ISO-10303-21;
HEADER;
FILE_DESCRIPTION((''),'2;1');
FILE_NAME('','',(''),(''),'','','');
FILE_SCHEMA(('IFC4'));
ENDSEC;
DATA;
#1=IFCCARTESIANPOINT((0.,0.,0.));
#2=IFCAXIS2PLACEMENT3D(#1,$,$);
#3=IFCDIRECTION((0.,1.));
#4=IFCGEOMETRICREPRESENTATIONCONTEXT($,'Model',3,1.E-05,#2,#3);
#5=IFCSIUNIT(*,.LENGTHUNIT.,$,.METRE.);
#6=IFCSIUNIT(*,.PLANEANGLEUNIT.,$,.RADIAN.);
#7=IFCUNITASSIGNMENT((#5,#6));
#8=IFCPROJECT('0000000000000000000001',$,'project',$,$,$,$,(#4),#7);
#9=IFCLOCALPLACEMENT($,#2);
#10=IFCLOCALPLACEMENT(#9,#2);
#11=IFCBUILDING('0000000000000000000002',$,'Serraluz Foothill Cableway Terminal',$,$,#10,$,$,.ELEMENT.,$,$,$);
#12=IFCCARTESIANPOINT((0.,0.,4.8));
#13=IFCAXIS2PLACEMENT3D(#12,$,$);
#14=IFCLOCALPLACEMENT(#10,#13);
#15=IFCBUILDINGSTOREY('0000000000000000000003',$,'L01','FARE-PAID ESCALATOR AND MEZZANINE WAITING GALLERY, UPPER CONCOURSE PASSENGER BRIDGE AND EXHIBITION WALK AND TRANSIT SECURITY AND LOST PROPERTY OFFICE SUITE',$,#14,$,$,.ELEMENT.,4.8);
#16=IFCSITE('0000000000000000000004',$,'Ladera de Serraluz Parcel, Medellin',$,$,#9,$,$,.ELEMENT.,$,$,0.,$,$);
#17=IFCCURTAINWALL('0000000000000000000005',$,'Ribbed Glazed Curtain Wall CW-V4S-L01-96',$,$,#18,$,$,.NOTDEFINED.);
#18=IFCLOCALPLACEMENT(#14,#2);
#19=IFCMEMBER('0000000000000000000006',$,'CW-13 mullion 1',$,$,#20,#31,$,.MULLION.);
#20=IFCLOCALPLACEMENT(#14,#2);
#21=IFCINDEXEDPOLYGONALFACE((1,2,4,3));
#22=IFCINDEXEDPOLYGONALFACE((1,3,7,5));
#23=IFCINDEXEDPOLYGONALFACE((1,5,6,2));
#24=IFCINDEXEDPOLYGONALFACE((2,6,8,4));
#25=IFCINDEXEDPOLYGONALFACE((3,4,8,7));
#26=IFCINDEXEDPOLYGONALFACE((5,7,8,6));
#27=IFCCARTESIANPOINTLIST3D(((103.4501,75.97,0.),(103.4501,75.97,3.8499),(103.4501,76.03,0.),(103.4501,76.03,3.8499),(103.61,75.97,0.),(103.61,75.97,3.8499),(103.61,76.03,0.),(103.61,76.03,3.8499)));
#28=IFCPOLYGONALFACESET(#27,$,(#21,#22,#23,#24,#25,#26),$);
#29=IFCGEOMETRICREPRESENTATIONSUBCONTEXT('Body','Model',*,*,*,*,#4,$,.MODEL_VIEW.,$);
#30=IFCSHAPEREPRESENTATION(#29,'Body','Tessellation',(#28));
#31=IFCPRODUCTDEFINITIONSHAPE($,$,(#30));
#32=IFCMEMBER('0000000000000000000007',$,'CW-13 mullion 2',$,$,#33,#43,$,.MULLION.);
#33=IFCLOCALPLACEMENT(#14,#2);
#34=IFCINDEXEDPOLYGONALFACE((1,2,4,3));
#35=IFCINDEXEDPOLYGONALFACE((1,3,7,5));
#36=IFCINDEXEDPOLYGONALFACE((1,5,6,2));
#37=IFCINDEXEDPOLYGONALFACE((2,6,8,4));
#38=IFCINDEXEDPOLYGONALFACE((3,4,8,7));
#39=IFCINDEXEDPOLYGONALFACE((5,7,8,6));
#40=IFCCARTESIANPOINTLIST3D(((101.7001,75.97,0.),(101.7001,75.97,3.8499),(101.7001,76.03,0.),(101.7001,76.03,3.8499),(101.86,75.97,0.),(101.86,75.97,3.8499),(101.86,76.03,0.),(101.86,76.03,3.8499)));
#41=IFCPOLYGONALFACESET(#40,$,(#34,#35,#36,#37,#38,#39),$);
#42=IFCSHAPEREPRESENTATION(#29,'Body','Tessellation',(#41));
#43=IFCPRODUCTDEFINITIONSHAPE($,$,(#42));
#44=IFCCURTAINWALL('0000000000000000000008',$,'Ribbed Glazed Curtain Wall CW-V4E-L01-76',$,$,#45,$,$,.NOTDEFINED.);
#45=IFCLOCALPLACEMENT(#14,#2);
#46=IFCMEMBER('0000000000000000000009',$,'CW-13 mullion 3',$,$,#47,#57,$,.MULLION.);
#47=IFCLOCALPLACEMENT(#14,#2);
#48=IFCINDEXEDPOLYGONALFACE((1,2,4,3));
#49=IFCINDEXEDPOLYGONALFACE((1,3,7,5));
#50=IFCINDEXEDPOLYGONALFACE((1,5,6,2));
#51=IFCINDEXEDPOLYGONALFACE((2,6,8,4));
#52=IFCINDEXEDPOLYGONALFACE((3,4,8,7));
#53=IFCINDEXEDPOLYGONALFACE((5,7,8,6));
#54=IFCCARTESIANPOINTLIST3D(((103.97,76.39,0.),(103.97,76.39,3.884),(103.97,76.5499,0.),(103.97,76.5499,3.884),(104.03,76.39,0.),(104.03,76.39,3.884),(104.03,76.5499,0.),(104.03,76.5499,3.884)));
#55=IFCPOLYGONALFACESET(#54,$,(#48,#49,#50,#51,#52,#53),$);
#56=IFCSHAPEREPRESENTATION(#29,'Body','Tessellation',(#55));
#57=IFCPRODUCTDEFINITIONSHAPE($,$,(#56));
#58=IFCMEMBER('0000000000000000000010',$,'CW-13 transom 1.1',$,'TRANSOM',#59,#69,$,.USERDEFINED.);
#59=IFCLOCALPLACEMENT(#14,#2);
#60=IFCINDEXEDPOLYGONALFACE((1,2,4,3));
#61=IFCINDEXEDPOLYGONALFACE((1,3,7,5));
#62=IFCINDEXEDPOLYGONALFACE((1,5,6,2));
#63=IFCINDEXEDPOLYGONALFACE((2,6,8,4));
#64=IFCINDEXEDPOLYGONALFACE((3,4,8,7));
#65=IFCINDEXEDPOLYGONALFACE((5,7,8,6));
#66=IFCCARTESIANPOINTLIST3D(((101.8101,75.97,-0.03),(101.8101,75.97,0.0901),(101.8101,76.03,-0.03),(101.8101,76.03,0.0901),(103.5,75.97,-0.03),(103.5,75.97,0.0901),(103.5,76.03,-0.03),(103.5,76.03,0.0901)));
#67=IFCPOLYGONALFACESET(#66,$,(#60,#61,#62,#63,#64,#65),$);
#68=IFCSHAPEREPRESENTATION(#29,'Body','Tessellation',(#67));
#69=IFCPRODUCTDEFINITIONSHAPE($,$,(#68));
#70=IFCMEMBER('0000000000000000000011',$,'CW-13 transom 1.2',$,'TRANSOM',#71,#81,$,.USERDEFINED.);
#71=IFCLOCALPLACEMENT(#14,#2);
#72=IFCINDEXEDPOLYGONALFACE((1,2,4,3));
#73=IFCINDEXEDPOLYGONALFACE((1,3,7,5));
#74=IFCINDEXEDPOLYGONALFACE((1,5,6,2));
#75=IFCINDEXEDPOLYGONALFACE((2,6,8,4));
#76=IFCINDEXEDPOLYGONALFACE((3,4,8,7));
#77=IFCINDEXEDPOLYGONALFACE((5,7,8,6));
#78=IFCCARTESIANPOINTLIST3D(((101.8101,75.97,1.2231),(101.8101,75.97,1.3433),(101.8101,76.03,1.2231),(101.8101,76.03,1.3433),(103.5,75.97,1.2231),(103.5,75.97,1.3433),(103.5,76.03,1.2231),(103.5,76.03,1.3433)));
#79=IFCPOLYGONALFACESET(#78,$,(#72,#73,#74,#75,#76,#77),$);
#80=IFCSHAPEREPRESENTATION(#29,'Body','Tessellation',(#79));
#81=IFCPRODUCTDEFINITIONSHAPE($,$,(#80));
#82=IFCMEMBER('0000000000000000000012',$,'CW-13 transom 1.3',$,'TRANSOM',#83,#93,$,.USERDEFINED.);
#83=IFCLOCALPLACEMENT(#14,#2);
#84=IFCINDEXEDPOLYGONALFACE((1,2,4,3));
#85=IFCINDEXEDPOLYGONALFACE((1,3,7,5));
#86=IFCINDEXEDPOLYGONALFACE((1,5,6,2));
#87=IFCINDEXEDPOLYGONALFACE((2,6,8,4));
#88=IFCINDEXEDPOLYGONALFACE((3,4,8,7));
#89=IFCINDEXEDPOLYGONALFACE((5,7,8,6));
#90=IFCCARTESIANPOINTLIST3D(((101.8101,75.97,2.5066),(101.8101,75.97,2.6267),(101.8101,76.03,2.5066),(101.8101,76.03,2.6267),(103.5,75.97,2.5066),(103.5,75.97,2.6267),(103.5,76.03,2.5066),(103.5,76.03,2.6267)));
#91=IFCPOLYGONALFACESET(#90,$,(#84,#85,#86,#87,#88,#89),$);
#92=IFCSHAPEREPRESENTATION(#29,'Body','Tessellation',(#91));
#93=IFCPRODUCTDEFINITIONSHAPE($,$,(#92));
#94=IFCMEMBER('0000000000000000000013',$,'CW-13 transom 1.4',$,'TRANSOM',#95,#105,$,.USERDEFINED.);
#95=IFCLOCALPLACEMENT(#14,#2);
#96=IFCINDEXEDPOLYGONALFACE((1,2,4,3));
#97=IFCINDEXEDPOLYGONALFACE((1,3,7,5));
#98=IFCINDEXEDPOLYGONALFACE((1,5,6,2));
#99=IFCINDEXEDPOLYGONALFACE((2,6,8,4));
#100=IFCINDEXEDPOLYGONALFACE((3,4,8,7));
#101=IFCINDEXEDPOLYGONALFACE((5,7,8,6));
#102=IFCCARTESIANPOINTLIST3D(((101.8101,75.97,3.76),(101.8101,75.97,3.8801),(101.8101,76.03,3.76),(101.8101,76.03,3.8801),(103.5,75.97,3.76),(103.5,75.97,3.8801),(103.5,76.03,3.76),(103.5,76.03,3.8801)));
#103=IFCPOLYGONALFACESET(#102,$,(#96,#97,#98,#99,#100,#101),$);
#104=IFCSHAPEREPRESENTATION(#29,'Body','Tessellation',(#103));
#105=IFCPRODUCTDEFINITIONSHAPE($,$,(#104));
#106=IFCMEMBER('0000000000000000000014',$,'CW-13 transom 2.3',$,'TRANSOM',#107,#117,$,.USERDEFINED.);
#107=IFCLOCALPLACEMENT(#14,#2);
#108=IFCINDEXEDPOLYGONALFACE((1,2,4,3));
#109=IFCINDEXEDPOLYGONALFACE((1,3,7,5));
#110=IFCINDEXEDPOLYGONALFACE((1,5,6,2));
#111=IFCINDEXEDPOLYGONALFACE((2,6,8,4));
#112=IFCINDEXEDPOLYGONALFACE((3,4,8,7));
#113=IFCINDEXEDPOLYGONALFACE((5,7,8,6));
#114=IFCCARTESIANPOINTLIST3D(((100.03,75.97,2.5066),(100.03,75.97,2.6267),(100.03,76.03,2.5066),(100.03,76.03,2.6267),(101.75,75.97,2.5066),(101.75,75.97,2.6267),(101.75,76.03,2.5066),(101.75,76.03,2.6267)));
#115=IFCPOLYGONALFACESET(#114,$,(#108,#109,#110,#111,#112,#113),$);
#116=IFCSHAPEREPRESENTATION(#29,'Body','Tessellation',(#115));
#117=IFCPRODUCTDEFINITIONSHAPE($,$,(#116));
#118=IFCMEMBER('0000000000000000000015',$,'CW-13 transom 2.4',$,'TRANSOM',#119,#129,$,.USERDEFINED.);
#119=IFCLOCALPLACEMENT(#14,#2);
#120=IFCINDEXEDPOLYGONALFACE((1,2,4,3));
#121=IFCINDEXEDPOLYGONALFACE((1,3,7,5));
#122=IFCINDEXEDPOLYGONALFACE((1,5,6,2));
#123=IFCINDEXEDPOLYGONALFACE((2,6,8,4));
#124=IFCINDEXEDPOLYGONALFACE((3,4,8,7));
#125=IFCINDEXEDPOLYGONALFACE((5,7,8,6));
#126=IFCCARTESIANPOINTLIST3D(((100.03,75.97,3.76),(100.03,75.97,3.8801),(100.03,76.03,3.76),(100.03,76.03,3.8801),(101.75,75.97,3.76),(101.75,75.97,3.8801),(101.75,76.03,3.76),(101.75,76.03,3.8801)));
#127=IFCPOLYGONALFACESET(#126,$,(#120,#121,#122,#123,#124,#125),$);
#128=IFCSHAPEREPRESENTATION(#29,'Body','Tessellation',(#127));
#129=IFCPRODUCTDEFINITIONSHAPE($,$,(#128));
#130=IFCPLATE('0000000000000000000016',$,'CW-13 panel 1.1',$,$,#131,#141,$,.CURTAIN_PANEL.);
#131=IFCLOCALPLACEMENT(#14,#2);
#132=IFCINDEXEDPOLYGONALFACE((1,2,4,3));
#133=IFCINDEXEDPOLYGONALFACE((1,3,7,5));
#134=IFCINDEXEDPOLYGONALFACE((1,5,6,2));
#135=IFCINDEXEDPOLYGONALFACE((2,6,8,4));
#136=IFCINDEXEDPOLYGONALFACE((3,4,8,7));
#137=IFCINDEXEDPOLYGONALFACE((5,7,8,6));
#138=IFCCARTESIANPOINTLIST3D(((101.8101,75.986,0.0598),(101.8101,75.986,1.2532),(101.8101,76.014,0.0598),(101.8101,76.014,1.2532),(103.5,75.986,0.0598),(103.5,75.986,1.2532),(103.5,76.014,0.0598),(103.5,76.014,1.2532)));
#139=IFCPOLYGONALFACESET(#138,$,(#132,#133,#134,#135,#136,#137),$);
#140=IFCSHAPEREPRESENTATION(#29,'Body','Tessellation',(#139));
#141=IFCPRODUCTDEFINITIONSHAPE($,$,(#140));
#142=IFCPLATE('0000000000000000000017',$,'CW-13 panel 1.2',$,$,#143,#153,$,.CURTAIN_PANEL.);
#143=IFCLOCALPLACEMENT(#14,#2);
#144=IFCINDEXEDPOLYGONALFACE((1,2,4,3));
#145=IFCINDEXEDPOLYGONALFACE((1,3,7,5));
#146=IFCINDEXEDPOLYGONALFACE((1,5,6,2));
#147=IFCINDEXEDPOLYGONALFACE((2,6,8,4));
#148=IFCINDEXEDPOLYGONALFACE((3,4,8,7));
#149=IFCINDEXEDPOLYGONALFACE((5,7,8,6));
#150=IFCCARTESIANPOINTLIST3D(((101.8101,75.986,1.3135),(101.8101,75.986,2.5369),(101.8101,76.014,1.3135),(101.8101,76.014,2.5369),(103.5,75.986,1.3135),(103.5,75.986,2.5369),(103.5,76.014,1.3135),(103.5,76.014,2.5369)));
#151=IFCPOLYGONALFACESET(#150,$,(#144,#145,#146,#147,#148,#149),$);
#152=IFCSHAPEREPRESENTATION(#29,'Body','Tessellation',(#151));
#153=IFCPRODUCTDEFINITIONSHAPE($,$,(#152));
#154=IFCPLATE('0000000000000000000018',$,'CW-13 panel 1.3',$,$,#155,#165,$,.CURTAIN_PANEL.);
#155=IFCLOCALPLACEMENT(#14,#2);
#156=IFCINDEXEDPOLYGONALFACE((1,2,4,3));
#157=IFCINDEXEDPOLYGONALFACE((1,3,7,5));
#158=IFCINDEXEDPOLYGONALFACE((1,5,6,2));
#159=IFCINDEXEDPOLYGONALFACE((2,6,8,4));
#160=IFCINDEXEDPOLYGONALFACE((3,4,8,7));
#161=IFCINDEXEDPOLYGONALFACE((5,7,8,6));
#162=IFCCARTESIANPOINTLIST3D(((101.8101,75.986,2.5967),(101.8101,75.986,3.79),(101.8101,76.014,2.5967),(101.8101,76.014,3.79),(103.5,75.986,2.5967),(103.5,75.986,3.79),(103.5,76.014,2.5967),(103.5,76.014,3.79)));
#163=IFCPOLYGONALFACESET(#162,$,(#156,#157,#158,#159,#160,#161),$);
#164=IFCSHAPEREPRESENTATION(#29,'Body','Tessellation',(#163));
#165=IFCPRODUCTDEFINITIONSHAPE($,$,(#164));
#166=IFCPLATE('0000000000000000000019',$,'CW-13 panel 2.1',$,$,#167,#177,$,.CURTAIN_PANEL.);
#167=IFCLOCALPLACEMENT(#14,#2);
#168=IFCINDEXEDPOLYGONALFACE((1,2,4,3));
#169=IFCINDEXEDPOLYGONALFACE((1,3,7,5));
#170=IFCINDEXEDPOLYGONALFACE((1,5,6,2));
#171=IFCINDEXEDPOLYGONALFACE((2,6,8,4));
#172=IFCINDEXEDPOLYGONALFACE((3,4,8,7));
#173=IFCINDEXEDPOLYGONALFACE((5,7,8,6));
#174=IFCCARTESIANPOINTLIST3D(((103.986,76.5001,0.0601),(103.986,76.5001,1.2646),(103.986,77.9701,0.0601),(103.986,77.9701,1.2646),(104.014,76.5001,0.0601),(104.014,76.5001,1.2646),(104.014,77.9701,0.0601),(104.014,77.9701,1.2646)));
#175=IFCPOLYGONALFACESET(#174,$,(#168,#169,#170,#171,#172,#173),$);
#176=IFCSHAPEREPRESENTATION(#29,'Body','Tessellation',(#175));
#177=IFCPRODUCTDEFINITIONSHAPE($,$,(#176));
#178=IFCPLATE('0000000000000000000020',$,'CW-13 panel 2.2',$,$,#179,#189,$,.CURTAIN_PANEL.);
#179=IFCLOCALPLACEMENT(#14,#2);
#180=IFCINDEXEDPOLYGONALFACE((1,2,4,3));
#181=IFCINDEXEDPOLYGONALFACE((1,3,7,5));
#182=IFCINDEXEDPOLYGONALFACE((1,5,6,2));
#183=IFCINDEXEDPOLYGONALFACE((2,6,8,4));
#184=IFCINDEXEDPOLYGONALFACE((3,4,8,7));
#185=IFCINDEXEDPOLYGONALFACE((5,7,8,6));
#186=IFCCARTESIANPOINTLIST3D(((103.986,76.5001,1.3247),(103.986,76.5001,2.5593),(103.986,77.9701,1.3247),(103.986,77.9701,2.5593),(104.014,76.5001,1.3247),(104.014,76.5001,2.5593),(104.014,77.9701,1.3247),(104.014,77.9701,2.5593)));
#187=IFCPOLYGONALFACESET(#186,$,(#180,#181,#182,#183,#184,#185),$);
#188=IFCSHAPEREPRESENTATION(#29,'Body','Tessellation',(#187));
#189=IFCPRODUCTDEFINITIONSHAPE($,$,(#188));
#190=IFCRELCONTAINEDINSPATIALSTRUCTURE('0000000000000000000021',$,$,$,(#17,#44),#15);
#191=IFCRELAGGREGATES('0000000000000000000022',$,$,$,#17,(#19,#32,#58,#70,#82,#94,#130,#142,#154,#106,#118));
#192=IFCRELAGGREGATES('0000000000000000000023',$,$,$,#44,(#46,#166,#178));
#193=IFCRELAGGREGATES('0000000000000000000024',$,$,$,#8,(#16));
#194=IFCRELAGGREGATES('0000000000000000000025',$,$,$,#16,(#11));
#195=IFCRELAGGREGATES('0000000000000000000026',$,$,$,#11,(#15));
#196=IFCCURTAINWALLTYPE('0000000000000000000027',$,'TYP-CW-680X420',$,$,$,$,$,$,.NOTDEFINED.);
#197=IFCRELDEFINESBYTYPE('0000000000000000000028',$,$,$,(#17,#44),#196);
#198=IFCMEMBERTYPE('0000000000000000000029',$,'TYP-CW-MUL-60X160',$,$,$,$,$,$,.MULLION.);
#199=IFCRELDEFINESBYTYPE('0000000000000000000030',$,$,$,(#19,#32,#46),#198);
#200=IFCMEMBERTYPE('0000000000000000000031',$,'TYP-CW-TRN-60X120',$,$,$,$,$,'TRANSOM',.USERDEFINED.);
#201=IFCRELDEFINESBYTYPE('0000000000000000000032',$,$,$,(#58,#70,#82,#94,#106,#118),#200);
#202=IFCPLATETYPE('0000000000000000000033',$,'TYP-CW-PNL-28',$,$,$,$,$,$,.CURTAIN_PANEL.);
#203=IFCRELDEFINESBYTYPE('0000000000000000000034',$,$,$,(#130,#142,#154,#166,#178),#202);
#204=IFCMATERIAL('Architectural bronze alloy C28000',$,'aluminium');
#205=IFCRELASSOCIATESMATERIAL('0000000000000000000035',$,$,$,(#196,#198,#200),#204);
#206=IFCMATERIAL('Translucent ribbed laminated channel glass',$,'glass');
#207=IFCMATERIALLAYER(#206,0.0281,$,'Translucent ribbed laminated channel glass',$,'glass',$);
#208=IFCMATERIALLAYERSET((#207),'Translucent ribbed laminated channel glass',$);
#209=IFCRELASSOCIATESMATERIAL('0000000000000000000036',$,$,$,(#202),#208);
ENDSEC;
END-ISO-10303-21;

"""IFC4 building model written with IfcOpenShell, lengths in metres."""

from ifc_helpers import new_model, si_unit, direction, frame, origin, origin_2d, place, context, subcontext, project, spatial, rectangle, extrude, material, layer, layer_set, material_profile, profile_set, type_object, element, aggregate, save


model = new_model("IFC4")

# Units and contexts
model_context = context("Model", 3, precision=1e-05, world=origin(), true_north=direction((0.0, 1.0)))
body_context = subcontext(model_context, "Body", "Model", "MODEL_VIEW")
ifc_project = project(units=[si_unit("LENGTHUNIT", "METRE"), si_unit("PLANEANGLEUNIT", "RADIAN")], contexts=[model_context])

# Site, building, storey
site_placement = place(None, origin())
site = spatial("IfcSite", under=ifc_project, at=site_placement, Name="Ladera de Serraluz Parcel, Medellin", CompositionType="ELEMENT", RefElevation=0.0)
building_placement = place(site_placement, origin())
building = spatial("IfcBuilding", under=site, at=building_placement, Name="Serraluz Foothill Cableway Terminal", CompositionType="ELEMENT")
storey_placement = place(building_placement, frame((0.0, 0.0, 4.8)))
storey = spatial("IfcBuildingStorey", under=building, at=storey_placement, Name="L01", Description="FARE-PAID ESCALATOR AND MEZZANINE WAITING GALLERY, UPPER CONCOURSE PASSENGER BRIDGE AND EXHIBITION WALK AND TRANSIT SECURITY AND LOST PROPERTY OFFICE SUITE", CompositionType="ELEMENT", Elevation=4.8)

# Curtain wall, members
ifc_material_1 = material(Name="Architectural bronze alloy C28000", Category="aluminium")
curtain_wall_type = type_object("IfcCurtainWallType", Name="TYP-CW-680X420", PredefinedType="NOTDEFINED", material=ifc_material_1)
curtain_wall_1_placement = place(storey_placement, origin())
curtain_wall_1 = element("IfcCurtainWall", 1, at=curtain_wall_1_placement, inside=storey, type_object=curtain_wall_type, Name="Ribbed Glazed Curtain Wall CW-V4S-L01-96", PredefinedType="NOTDEFINED")
ifc_material_profile_1 = material_profile(ifc_material_1, rectangle(XDim=0.0601, YDim=0.1599, at=origin_2d()), Name="ALU MULLION 60x160")
ifc_profile_set_1 = profile_set([ifc_material_profile_1], Name="Architectural bronze alloy C28000")
member_type_1 = type_object("IfcMemberType", Name="TYP-CW-MUL-60X160", PredefinedType="MULLION", material=ifc_profile_set_1)
member_1_placement = place(storey_placement, frame((103.53, 76.0, 0.0), z_axis=(0.0, 0.0, 1.0), x_axis=(0.0, -1.0, 0.0)))
member_1 = element("IfcMember", 2, at=member_1_placement, type_object=member_type_1, Name="CW-13 mullion 1", PredefinedType="MULLION", context=body_context, shape_type="SweptSolid", body=[
    extrude(rectangle(XDim=0.0601, YDim=0.1599, at=origin_2d()), origin(), (0.0, 0.0, 1.0), 3.8499),
])
member_2_placement = place(storey_placement, frame((101.78, 76.0, 0.0), z_axis=(0.0, 0.0, 1.0), x_axis=(0.0, -1.0, 0.0)))
member_2 = element("IfcMember", 3, at=member_2_placement, type_object=member_type_1, Name="CW-13 mullion 2", PredefinedType="MULLION", context=body_context, shape_type="SweptSolid", body=[
    extrude(rectangle(XDim=0.0601, YDim=0.1599, at=origin_2d()), origin(), (0.0, 0.0, 1.0), 3.8499),
])

# Curtain wall, member
curtain_wall_2_placement = place(storey_placement, origin())
curtain_wall_2 = element("IfcCurtainWall", 4, at=curtain_wall_2_placement, inside=storey, type_object=curtain_wall_type, Name="Ribbed Glazed Curtain Wall CW-V4E-L01-76", PredefinedType="NOTDEFINED")
member_3_placement = place(storey_placement, frame((104.0, 76.47, 0.0), z_axis=(0.0, 0.0, 1.0), x_axis=(1.0, 0.0, 0.0)))
member_3 = element("IfcMember", 5, at=member_3_placement, type_object=member_type_1, Name="CW-13 mullion 3", PredefinedType="MULLION", context=body_context, shape_type="SweptSolid", body=[
    extrude(rectangle(XDim=0.0601, YDim=0.1599, at=origin_2d()), origin(), (0.0, 0.0, 1.0), 3.884),
])

# Members
ifc_material_profile_2 = material_profile(ifc_material_1, rectangle(XDim=0.0601, YDim=0.1201, at=origin_2d()), Name="ALU TRANSOM 60x120")
ifc_profile_set_2 = profile_set([ifc_material_profile_2], Name="Architectural bronze alloy C28000")
member_type_2 = type_object("IfcMemberType", Name="TYP-CW-TRN-60X120", ElementType="TRANSOM", PredefinedType="USERDEFINED", material=ifc_profile_set_2)
member_4_placement = place(storey_placement, frame((103.5, 76.0, 0.03), z_axis=(-1.0, 0.0, 0.0), x_axis=(0.0, -1.0, 0.0)))
member_4 = element("IfcMember", 6, at=member_4_placement, type_object=member_type_2, Name="CW-13 transom 1.1", ObjectType="TRANSOM", PredefinedType="USERDEFINED", context=body_context, shape_type="SweptSolid", body=[
    extrude(rectangle(XDim=0.0601, YDim=0.1201, at=origin_2d()), origin(), (0.0, 0.0, 1.0), 1.6899),
])
member_5_placement = place(storey_placement, frame((103.5, 76.0, 1.2832), z_axis=(-1.0, 0.0, 0.0), x_axis=(0.0, -1.0, 0.0)))
member_5 = element("IfcMember", 7, at=member_5_placement, type_object=member_type_2, Name="CW-13 transom 1.2", ObjectType="TRANSOM", PredefinedType="USERDEFINED", context=body_context, shape_type="SweptSolid", body=[
    extrude(rectangle(XDim=0.0601, YDim=0.1201, at=origin_2d()), origin(), (0.0, 0.0, 1.0), 1.6899),
])
member_6_placement = place(storey_placement, frame((103.5, 76.0, 2.5667), z_axis=(-1.0, 0.0, 0.0), x_axis=(0.0, -1.0, 0.0)))
member_6 = element("IfcMember", 8, at=member_6_placement, type_object=member_type_2, Name="CW-13 transom 1.3", ObjectType="TRANSOM", PredefinedType="USERDEFINED", context=body_context, shape_type="SweptSolid", body=[
    extrude(rectangle(XDim=0.0601, YDim=0.1201, at=origin_2d()), origin(), (0.0, 0.0, 1.0), 1.6899),
])
member_7_placement = place(storey_placement, frame((103.5, 76.0, 3.8201), z_axis=(-1.0, 0.0, 0.0), x_axis=(0.0, -1.0, 0.0)))
member_7 = element("IfcMember", 9, at=member_7_placement, type_object=member_type_2, Name="CW-13 transom 1.4", ObjectType="TRANSOM", PredefinedType="USERDEFINED", context=body_context, shape_type="SweptSolid", body=[
    extrude(rectangle(XDim=0.0601, YDim=0.1201, at=origin_2d()), origin(), (0.0, 0.0, 1.0), 1.6899),
])
member_8_placement = place(storey_placement, frame((101.75, 76.0, 2.5667), z_axis=(-1.0, 0.0, 0.0), x_axis=(0.0, -1.0, 0.0)))
member_8 = element("IfcMember", 10, at=member_8_placement, type_object=member_type_2, Name="CW-13 transom 2.3", ObjectType="TRANSOM", PredefinedType="USERDEFINED", context=body_context, shape_type="SweptSolid", body=[
    extrude(rectangle(XDim=0.0601, YDim=0.1201, at=origin_2d()), origin(), (0.0, 0.0, 1.0), 1.72),
])
member_9_placement = place(storey_placement, frame((101.75, 76.0, 3.8201), z_axis=(-1.0, 0.0, 0.0), x_axis=(0.0, -1.0, 0.0)))
member_9 = element("IfcMember", 11, at=member_9_placement, type_object=member_type_2, Name="CW-13 transom 2.4", ObjectType="TRANSOM", PredefinedType="USERDEFINED", context=body_context, shape_type="SweptSolid", body=[
    extrude(rectangle(XDim=0.0601, YDim=0.1201, at=origin_2d()), origin(), (0.0, 0.0, 1.0), 1.72),
])

# Plates
ifc_material_2 = material(Name="Translucent ribbed laminated channel glass", Category="glass")
ifc_layer_1 = layer(ifc_material_2, 0.0281, Name="Translucent ribbed laminated channel glass", Category="glass")
ifc_layer_set_1 = layer_set([ifc_layer_1], Name="Translucent ribbed laminated channel glass")
plate_type = type_object("IfcPlateType", Name="TYP-CW-PNL-28", PredefinedType="CURTAIN_PANEL", material=ifc_layer_set_1)
plate_1_placement = place(storey_placement, frame((102.655, 76.0, 0.0598), z_axis=(0.0, 0.0, 1.0), x_axis=(-1.0, 0.0, 0.0)))
plate_1 = element("IfcPlate", 12, at=plate_1_placement, type_object=plate_type, Name="CW-13 panel 1.1", PredefinedType="CURTAIN_PANEL", context=body_context, shape_type="SweptSolid", body=[
    extrude(rectangle(XDim=1.6899, YDim=0.0281, at=origin_2d()), origin(), (0.0, 0.0, 1.0), 1.1934),
])
plate_2_placement = place(storey_placement, frame((102.655, 76.0, 1.3135), z_axis=(0.0, 0.0, 1.0), x_axis=(-1.0, 0.0, 0.0)))
plate_2 = element("IfcPlate", 13, at=plate_2_placement, type_object=plate_type, Name="CW-13 panel 1.2", PredefinedType="CURTAIN_PANEL", context=body_context, shape_type="SweptSolid", body=[
    extrude(rectangle(XDim=1.6899, YDim=0.0281, at=origin_2d()), origin(), (0.0, 0.0, 1.0), 1.2234),
])
plate_3_placement = place(storey_placement, frame((102.655, 76.0, 2.5967), z_axis=(0.0, 0.0, 1.0), x_axis=(-1.0, 0.0, 0.0)))
plate_3 = element("IfcPlate", 14, at=plate_3_placement, type_object=plate_type, Name="CW-13 panel 1.3", PredefinedType="CURTAIN_PANEL", context=body_context, shape_type="SweptSolid", body=[
    extrude(rectangle(XDim=1.6899, YDim=0.0281, at=origin_2d()), origin(), (0.0, 0.0, 1.0), 1.1934),
])
aggregate(curtain_wall_1, [member_1, member_2, member_4, member_5, member_6, member_7, plate_1, plate_2, plate_3, member_8, member_9])
plate_4_placement = place(storey_placement, frame((104.0, 77.2351, 0.0601), z_axis=(0.0, 0.0, 1.0), x_axis=(0.0, -1.0, 0.0)))
plate_4 = element("IfcPlate", 15, at=plate_4_placement, type_object=plate_type, Name="CW-13 panel 2.1", PredefinedType="CURTAIN_PANEL", context=body_context, shape_type="SweptSolid", body=[
    extrude(rectangle(XDim=1.47, YDim=0.0281, at=origin_2d()), origin(), (0.0, 0.0, 1.0), 1.2046),
])
plate_5_placement = place(storey_placement, frame((104.0, 77.2351, 1.3247), z_axis=(0.0, 0.0, 1.0), x_axis=(0.0, -1.0, 0.0)))
plate_5 = element("IfcPlate", 16, at=plate_5_placement, type_object=plate_type, Name="CW-13 panel 2.2", PredefinedType="CURTAIN_PANEL", context=body_context, shape_type="SweptSolid", body=[
    extrude(rectangle(XDim=1.47, YDim=0.0281, at=origin_2d()), origin(), (0.0, 0.0, 1.0), 1.2346),
])
aggregate(curtain_wall_2, [member_3, plate_4, plate_5])

save(model, "model.ifc")
